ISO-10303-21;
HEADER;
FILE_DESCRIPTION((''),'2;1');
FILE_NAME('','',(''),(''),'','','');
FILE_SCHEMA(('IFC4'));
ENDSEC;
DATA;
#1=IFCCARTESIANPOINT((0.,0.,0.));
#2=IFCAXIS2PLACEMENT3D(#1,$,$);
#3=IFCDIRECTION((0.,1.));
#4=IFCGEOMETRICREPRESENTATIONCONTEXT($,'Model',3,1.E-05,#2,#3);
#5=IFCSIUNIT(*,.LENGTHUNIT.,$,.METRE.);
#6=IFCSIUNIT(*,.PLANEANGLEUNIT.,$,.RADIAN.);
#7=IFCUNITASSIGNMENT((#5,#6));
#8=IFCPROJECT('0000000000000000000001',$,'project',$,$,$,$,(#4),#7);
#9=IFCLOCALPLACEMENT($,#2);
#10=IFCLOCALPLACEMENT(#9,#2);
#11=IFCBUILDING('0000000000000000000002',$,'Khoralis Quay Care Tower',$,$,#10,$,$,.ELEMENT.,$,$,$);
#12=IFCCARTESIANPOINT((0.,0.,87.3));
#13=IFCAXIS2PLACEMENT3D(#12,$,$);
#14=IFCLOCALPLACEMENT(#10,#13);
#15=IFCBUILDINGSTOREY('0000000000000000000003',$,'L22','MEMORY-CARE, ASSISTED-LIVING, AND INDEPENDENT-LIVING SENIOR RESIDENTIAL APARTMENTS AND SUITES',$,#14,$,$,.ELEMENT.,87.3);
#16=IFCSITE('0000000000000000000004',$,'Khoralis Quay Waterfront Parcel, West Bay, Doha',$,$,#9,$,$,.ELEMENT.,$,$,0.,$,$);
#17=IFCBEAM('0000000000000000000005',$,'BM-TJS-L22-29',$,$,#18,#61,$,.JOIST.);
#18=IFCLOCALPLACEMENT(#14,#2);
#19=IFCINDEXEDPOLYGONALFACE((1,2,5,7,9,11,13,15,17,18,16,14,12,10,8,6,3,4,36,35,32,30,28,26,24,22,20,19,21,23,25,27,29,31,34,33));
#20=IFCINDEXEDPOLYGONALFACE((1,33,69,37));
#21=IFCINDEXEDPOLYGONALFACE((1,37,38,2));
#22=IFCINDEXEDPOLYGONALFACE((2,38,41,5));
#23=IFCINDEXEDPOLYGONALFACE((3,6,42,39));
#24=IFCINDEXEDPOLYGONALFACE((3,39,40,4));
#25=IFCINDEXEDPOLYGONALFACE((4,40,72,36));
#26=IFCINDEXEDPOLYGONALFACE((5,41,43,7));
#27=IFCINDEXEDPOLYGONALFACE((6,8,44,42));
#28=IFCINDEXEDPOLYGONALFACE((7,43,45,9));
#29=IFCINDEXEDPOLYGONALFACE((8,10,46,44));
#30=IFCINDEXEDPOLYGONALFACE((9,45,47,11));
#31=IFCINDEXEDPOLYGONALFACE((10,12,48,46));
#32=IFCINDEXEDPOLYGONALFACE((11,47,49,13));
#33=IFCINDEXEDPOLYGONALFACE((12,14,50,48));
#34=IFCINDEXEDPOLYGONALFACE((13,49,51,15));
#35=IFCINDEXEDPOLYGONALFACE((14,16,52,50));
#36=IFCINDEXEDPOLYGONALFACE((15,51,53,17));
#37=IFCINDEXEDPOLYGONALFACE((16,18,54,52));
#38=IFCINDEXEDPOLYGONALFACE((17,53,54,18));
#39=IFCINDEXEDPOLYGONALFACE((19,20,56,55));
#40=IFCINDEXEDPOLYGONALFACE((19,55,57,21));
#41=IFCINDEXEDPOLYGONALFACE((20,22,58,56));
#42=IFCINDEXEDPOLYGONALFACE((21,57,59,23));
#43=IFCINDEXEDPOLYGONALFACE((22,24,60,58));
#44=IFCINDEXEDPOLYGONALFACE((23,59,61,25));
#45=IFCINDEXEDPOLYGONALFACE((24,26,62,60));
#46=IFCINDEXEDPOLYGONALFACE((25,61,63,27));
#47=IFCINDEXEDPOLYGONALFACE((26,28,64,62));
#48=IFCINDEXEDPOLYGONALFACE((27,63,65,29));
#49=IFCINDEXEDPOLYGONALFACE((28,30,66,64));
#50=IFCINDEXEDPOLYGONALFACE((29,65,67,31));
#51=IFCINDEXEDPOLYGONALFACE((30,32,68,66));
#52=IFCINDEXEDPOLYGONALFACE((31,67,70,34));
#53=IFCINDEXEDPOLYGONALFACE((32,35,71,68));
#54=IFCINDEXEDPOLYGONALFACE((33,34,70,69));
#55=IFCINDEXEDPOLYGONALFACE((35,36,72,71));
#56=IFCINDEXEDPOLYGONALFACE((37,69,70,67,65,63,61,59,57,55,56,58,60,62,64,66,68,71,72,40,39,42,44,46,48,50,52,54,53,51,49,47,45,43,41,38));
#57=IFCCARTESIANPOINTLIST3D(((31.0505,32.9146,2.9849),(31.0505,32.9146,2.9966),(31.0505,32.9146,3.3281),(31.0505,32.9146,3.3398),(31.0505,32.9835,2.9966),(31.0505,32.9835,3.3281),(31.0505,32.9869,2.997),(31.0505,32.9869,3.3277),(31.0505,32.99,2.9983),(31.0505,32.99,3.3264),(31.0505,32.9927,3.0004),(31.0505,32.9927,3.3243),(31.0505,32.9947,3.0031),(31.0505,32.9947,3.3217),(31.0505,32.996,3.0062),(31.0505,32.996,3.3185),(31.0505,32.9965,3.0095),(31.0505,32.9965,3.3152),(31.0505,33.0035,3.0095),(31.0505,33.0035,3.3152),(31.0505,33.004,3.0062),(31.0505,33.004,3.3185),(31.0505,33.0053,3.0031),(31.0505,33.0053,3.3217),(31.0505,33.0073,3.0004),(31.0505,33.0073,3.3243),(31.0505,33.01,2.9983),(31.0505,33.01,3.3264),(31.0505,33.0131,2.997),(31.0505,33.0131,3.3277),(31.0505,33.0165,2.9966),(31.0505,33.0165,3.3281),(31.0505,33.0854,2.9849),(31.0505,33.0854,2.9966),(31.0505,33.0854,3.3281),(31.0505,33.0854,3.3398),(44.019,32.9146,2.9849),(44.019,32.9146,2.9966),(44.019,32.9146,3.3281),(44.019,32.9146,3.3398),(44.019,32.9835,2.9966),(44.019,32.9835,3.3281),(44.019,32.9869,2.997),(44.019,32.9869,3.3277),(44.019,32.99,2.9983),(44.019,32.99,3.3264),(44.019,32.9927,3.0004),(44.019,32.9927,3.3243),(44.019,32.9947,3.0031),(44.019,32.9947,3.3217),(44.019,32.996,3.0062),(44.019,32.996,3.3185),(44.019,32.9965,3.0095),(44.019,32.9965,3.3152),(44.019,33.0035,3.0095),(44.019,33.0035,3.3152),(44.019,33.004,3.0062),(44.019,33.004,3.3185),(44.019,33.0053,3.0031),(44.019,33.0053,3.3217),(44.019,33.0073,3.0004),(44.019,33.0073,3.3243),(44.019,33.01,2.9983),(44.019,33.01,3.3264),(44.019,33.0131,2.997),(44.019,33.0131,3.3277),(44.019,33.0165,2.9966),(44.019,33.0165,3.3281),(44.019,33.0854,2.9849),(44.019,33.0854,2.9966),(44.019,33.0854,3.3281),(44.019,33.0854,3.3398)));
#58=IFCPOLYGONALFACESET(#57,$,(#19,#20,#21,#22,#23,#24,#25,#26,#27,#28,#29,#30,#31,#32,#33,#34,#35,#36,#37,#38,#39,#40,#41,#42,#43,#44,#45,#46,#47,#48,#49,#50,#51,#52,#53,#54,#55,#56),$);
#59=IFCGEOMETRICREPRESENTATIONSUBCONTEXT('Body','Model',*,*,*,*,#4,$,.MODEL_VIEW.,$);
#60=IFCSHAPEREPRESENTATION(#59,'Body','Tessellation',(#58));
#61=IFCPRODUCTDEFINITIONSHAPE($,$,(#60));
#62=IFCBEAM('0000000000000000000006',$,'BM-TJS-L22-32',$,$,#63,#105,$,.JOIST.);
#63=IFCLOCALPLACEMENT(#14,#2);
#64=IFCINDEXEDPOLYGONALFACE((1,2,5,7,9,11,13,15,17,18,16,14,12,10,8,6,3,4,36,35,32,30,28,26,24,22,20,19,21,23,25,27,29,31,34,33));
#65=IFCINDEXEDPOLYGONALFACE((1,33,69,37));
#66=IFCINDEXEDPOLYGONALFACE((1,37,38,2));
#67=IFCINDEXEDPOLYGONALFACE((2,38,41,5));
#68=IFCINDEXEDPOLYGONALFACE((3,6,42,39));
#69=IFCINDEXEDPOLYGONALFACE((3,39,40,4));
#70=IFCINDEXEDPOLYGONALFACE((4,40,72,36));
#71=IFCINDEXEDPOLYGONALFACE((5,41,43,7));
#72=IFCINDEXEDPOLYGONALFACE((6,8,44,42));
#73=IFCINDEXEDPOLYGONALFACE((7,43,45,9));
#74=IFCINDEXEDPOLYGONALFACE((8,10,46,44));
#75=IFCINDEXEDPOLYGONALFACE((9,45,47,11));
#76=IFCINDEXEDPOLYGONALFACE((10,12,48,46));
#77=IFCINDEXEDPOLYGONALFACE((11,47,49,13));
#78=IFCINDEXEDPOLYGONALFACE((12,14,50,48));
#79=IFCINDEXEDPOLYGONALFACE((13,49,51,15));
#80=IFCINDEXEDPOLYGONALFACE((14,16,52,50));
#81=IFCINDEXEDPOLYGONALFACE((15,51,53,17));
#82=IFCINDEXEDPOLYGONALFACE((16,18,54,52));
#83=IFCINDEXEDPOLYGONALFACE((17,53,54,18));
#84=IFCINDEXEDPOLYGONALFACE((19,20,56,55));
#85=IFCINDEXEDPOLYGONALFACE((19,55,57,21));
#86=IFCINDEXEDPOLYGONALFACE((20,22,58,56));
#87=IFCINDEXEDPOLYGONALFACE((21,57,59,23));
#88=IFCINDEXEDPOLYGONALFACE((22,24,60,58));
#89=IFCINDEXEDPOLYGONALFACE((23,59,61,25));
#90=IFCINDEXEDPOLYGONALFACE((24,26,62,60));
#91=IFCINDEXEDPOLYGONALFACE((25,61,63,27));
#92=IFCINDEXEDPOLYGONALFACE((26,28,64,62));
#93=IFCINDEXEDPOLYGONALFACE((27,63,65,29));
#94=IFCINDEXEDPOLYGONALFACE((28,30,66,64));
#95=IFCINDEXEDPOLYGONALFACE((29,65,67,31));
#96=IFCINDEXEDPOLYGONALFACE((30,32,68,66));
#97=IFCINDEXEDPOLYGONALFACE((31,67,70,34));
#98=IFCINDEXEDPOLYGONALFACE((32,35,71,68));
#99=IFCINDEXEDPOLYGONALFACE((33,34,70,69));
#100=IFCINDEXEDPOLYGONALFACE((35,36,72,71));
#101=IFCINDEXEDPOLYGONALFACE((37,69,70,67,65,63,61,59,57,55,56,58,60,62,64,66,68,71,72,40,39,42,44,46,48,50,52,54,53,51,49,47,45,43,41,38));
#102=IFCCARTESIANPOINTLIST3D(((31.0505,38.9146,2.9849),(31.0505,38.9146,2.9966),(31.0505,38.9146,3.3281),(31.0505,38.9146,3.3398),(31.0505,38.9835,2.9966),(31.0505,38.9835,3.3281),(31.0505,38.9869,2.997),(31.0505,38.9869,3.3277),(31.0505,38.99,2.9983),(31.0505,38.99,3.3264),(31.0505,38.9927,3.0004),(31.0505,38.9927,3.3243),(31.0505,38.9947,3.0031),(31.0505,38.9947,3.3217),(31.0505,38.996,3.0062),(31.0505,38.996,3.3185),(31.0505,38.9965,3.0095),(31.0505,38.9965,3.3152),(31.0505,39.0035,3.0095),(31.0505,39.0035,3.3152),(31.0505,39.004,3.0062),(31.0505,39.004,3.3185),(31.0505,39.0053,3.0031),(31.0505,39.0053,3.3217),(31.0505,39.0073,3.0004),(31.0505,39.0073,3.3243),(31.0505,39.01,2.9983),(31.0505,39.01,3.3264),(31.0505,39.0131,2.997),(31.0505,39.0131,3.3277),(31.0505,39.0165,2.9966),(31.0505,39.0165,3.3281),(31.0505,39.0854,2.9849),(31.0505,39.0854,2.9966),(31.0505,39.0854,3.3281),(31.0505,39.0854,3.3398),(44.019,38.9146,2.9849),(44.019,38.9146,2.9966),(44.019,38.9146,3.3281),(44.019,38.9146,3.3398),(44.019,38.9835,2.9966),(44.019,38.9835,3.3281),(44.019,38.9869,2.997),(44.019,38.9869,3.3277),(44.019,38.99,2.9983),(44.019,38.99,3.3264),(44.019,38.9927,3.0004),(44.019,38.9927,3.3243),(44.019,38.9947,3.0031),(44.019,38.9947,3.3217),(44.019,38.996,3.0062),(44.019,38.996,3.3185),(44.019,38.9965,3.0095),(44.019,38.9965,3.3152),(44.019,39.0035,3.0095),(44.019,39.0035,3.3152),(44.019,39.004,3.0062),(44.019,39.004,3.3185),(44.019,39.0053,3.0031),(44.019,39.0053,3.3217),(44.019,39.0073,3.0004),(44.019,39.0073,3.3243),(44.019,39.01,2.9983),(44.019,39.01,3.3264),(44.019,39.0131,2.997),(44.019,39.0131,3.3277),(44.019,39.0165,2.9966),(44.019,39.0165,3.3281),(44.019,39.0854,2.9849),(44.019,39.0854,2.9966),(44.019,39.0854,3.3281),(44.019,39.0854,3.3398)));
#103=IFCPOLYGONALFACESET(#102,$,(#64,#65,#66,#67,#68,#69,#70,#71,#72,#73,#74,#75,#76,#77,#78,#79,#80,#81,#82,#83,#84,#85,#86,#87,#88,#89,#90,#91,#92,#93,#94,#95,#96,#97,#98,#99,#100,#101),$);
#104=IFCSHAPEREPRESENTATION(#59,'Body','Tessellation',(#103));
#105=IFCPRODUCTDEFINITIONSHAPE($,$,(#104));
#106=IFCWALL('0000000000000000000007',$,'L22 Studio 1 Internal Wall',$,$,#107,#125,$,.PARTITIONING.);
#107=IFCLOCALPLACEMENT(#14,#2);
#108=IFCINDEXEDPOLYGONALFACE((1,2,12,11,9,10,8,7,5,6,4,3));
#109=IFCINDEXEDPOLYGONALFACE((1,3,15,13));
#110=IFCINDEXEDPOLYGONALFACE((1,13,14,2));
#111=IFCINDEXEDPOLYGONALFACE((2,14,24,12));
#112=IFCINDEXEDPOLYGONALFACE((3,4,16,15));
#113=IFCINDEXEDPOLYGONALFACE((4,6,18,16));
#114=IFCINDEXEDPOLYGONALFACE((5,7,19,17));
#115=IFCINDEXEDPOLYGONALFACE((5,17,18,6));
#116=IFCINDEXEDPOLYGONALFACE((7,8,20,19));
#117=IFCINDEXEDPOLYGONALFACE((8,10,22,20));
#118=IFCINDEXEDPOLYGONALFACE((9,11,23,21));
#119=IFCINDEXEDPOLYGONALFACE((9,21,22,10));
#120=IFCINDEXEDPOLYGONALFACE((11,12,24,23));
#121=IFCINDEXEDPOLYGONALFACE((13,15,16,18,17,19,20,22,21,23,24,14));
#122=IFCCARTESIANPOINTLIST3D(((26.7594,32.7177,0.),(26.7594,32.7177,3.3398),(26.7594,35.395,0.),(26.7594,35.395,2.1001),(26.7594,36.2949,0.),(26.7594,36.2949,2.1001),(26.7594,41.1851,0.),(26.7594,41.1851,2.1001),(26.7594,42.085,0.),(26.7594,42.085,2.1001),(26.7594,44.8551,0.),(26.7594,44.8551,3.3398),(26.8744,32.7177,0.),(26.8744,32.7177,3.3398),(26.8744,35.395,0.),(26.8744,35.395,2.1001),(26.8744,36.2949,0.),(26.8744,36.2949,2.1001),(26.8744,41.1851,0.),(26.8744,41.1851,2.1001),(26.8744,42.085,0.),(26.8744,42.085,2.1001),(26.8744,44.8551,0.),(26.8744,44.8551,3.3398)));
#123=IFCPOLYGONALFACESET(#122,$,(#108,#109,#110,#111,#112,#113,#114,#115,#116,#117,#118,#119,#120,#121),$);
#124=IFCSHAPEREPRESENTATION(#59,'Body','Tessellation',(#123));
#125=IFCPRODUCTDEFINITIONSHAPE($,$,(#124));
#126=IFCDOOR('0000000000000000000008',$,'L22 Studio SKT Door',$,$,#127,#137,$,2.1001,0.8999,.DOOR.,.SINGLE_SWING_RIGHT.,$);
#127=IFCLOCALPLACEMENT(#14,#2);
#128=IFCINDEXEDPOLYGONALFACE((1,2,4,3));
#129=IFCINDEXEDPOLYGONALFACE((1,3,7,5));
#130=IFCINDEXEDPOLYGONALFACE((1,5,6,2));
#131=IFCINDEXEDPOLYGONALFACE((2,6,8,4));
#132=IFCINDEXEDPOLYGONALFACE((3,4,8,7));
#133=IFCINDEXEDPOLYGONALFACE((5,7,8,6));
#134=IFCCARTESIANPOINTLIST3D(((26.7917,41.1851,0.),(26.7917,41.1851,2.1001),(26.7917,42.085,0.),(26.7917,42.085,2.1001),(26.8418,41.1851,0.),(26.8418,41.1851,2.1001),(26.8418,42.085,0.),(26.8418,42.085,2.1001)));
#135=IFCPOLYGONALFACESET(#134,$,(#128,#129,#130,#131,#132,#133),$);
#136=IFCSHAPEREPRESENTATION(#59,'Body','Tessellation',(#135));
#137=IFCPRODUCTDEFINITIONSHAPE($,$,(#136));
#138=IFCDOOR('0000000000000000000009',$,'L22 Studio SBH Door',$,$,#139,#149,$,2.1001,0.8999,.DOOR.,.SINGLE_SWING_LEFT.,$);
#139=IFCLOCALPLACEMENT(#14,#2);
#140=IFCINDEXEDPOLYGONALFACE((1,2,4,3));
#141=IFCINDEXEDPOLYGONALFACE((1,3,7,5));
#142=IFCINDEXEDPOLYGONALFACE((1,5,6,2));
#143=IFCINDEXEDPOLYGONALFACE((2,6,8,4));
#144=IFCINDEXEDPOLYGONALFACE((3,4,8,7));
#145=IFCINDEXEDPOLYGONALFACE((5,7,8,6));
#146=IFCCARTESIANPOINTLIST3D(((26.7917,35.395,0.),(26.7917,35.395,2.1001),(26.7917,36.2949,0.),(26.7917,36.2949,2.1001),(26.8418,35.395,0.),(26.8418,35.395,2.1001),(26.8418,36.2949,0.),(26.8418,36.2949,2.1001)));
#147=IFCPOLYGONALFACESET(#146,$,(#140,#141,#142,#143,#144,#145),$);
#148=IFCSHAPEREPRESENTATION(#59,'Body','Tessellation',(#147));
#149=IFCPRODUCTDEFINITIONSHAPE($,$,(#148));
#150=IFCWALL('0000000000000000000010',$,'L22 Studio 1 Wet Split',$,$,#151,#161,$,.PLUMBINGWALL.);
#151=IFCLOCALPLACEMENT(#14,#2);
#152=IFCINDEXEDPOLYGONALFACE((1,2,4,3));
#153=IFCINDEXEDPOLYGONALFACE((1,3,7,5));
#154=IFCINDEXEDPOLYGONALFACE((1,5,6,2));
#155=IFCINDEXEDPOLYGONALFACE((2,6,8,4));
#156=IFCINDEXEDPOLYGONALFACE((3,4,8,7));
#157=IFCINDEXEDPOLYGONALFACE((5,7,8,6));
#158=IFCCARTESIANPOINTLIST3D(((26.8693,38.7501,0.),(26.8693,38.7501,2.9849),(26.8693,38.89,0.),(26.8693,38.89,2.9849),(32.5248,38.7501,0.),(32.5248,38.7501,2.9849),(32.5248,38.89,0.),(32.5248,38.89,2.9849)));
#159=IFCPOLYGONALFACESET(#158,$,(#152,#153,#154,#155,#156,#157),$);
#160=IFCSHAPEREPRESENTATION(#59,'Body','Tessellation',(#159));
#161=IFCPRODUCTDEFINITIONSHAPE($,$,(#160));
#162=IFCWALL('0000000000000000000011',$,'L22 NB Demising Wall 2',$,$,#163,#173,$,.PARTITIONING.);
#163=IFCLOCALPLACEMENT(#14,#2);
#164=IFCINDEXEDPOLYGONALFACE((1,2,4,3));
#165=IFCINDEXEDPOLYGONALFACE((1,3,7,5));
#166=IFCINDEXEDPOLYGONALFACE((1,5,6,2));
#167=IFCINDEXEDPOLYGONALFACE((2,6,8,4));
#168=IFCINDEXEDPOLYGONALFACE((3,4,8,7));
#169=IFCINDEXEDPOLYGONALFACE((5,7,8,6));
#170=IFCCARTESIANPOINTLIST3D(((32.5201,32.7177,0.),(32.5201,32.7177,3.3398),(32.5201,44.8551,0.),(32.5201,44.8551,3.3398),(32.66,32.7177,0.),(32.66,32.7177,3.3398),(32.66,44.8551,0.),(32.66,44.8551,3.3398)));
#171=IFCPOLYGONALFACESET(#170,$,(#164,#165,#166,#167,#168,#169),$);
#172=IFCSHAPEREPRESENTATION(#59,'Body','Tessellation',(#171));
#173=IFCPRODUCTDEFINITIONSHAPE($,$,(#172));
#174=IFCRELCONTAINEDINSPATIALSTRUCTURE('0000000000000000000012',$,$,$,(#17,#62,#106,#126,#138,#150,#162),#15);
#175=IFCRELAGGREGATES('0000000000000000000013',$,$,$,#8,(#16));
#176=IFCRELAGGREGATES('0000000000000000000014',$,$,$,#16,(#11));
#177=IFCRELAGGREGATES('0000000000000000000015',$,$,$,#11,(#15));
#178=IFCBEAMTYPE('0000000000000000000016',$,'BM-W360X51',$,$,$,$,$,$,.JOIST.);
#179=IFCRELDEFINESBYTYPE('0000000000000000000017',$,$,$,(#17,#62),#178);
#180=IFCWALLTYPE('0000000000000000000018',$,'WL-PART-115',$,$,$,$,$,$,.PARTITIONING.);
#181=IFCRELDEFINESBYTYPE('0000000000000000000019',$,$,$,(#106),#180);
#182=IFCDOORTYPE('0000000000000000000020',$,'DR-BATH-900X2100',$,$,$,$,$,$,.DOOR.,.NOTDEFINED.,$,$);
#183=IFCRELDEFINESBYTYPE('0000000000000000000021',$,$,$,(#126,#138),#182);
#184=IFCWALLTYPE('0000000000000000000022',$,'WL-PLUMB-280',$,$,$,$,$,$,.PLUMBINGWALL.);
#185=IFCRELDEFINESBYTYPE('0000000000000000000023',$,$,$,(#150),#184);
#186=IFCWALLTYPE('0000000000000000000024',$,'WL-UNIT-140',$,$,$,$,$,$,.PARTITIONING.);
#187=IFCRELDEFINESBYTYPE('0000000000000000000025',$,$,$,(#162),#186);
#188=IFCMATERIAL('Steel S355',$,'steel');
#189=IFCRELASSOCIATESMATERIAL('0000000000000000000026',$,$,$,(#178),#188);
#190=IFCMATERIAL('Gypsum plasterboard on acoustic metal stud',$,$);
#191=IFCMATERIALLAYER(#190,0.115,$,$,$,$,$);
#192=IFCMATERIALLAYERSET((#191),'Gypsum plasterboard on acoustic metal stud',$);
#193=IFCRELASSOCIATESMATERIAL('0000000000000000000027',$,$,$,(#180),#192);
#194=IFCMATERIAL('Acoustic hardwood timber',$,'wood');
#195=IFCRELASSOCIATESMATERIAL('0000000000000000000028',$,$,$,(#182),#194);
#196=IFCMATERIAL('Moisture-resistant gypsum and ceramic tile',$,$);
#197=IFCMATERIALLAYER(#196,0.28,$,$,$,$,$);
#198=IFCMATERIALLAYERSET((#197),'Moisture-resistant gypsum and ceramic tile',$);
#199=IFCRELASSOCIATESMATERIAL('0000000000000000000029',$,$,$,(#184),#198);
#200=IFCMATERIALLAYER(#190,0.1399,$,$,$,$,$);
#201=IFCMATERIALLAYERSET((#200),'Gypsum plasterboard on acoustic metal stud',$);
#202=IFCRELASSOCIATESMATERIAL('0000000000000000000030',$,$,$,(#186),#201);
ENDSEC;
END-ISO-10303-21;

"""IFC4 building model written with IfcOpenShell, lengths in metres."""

from ifc_helpers import new_model, si_unit, direction, frame, frame_2d, origin, origin_2d, place, context, subcontext, project, spatial, rectangle, i_section, extrude, source, transform, mapped, material, layer, layer_set, material_profile, profile_set, type_object, element, fill, save


model = new_model("IFC4")

# Units and contexts
model_context = context("Model", 3, precision=1e-05, world=origin(), true_north=direction((0.0, 1.0)))
body_context = subcontext(model_context, "Body", "Model", "MODEL_VIEW")
ifc_project = project(units=[si_unit("LENGTHUNIT", "METRE"), si_unit("PLANEANGLEUNIT", "RADIAN")], contexts=[model_context])

# Site, building, storey
site_placement = place(None, origin())
site = spatial("IfcSite", under=ifc_project, at=site_placement, Name="Khoralis Quay Waterfront Parcel, West Bay, Doha", CompositionType="ELEMENT", RefElevation=0.0)
building_placement = place(site_placement, origin())
building = spatial("IfcBuilding", under=site, at=building_placement, Name="Khoralis Quay Care Tower", CompositionType="ELEMENT")
storey_placement = place(building_placement, frame((0.0, 0.0, 87.3)))
storey = spatial("IfcBuildingStorey", under=building, at=storey_placement, Name="L22", Description="MEMORY-CARE, ASSISTED-LIVING, AND INDEPENDENT-LIVING SENIOR RESIDENTIAL APARTMENTS AND SUITES", CompositionType="ELEMENT", Elevation=87.3)

# Beams
ifc_material_1 = material(Name="Steel S355", Category="steel")
ifc_material_profile_1 = material_profile(ifc_material_1, i_section(OverallWidth=0.1709, OverallDepth=0.355, WebThickness=0.0071, FlangeThickness=0.0117, FilletRadius=0.0129, at=origin_2d()), Name="Steel S355")
ifc_profile_set_1 = profile_set([ifc_material_profile_1], Name="Steel S355")
beam_type_1 = type_object("IfcBeamType", Name="BM-W360X51", PredefinedType="JOIST", material=ifc_profile_set_1)
shared_shape_1 = source(origin(), body_context, "Body", "SweptSolid", [
    extrude(i_section(OverallWidth=0.1709, OverallDepth=0.355, WebThickness=0.0071, FlangeThickness=0.0117, FilletRadius=0.0129, at=origin_2d()), origin(), (0.0, 0.0, 1.0), 12.9685),
])
for number, where, z_axis, x_axis, name in (
    (1, (31.0505, 33.0, 3.1624), (1.0, 0.0, 0.0), (0.0, 1.0, 0.0), "BM-TJS-L22-29"),
    (2, (31.0505, 39.0, 3.1624), (1.0, 0.0, 0.0), (0.0, 1.0, 0.0), "BM-TJS-L22-32"),
):
    element("IfcBeam", number, at=place(storey_placement, frame(where, z_axis=z_axis, x_axis=x_axis)), inside=storey, type_object=beam_type_1, Name=name, PredefinedType="JOIST", context=body_context, shape_type="MappedRepresentation", body=[
        mapped(shared_shape_1, transform((0.0, 0.0, 0.0), scale=1.0)),
    ])

# Wall, openings, doors
ifc_material_2 = material(Name="Gypsum plasterboard on acoustic metal stud")
ifc_layer_1 = layer(ifc_material_2, 0.115)
ifc_layer_set_1 = layer_set([ifc_layer_1], Name="Gypsum plasterboard on acoustic metal stud")
wall_type_1 = type_object("IfcWallType", Name="WL-PART-115", PredefinedType="PARTITIONING", material=ifc_layer_set_1)
wall_1_placement = place(storey_placement, frame((26.8169, 32.7175, 0.0), z_axis=(0.0, 0.0, 1.0), x_axis=(0.0, 1.0, 0.0)))
wall_1 = element("IfcWall", 3, at=wall_1_placement, inside=storey, type_object=wall_type_1, Name="L22 Studio 1 Internal Wall", PredefinedType="PARTITIONING", context=body_context, shape_type="SweptSolid", body=[
    extrude(rectangle(XDim=12.1375, YDim=0.115, at=frame_2d((6.0688, 0.0))), origin(), (0.0, 0.0, 1.0), 3.3398),
])
opening_1_placement = place(wall_1_placement, frame((8.4675, 0.0, 0.0)))
opening_1 = element("IfcOpeningElement", 4, at=opening_1_placement, cuts=wall_1, PredefinedType="OPENING", context=body_context, shape_type="SweptSolid", body=[
    extrude(rectangle(XDim=0.8999, YDim=2.1001, at=frame_2d((0.45, 1.05))), frame((0.0, 0.0674, 0.0), z_axis=(0.0, -1.0, 0.0), x_axis=(1.0, 0.0, 0.0)), (0.0, 0.0, 1.0), 0.135),
])
opening_2_placement = place(wall_1_placement, frame((2.6775, 0.0, 0.0)))
opening_2 = element("IfcOpeningElement", 5, at=opening_2_placement, cuts=wall_1, PredefinedType="OPENING", context=body_context, shape_type="SweptSolid", body=[
    extrude(rectangle(XDim=0.8999, YDim=2.1001, at=frame_2d((0.45, 1.05))), frame((0.0, 0.0674, 0.0), z_axis=(0.0, -1.0, 0.0), x_axis=(1.0, 0.0, 0.0)), (0.0, 0.0, 1.0), 0.135),
])
ifc_material_3 = material(Name="Acoustic hardwood timber", Category="wood")
door_type = type_object("IfcDoorType", Name="DR-BATH-900X2100", OperationType="NOTDEFINED", PredefinedType="DOOR", material=ifc_material_3)
shared_shape_2 = source(origin(), body_context, "Body", "SweptSolid", [
    extrude(rectangle(XDim=0.8999, YDim=2.1001, at=frame_2d((0.45, 1.05))), frame((0.0, 0.0249, 0.0), z_axis=(0.0, -1.0, 0.0), x_axis=(1.0, 0.0, 0.0)), (0.0, 0.0, 1.0), 0.05),
])
door_1_placement = place(opening_1_placement, frame((0.8999, 0.0, 0.0), z_axis=(0.0, 0.0, 1.0), x_axis=(-1.0, 0.0, 0.0)))
door_1 = element("IfcDoor", 6, at=door_1_placement, inside=storey, type_object=door_type, Name="L22 Studio SKT Door", OperationType="SINGLE_SWING_RIGHT", OverallHeight=2.1001, OverallWidth=0.8999, PredefinedType="DOOR", context=body_context, shape_type="MappedRepresentation", body=[
    mapped(shared_shape_2, transform((0.0, 0.0, 0.0), scale=1.0)),
])
fill(opening_1, door_1)
door_2_placement = place(opening_2_placement, frame((0.8999, 0.0, 0.0), z_axis=(0.0, 0.0, 1.0), x_axis=(-1.0, 0.0, 0.0)))
door_2 = element("IfcDoor", 7, at=door_2_placement, inside=storey, type_object=door_type, Name="L22 Studio SBH Door", OperationType="SINGLE_SWING_LEFT", OverallHeight=2.1001, OverallWidth=0.8999, PredefinedType="DOOR", context=body_context, shape_type="MappedRepresentation", body=[
    mapped(shared_shape_2, transform((0.0, 0.0, 0.0), scale=1.0)),
])
fill(opening_2, door_2)

# Walls
ifc_material_4 = material(Name="Moisture-resistant gypsum and ceramic tile")
ifc_layer_2 = layer(ifc_material_4, 0.28)
ifc_layer_set_2 = layer_set([ifc_layer_2], Name="Moisture-resistant gypsum and ceramic tile")
wall_type_2 = type_object("IfcWallType", Name="WL-PLUMB-280", PredefinedType="PLUMBINGWALL", material=ifc_layer_set_2)
wall_2_placement = place(storey_placement, frame((26.8694, 38.8201, 0.0), z_axis=(0.0, 0.0, 1.0), x_axis=(1.0, 0.0, 0.0)))
element("IfcWall", 8, at=wall_2_placement, inside=storey, type_object=wall_type_2, Name="L22 Studio 1 Wet Split", PredefinedType="PLUMBINGWALL", context=body_context, shape_type="SweptSolid", body=[
    extrude(rectangle(XDim=5.6555, YDim=0.1399, at=frame_2d((2.8276, 0.0))), origin(), (0.0, 0.0, 1.0), 2.9849),
])
ifc_layer_3 = layer(ifc_material_2, 0.1399)
ifc_layer_set_3 = layer_set([ifc_layer_3], Name="Gypsum plasterboard on acoustic metal stud")
wall_type_3 = type_object("IfcWallType", Name="WL-UNIT-140", PredefinedType="PARTITIONING", material=ifc_layer_set_3)
wall_3_placement = place(storey_placement, frame((32.5901, 32.7175, 0.0), z_axis=(0.0, 0.0, 1.0), x_axis=(0.0, 1.0, 0.0)))
element("IfcWall", 9, at=wall_3_placement, inside=storey, type_object=wall_type_3, Name="L22 NB Demising Wall 2", PredefinedType="PARTITIONING", context=body_context, shape_type="SweptSolid", body=[
    extrude(rectangle(XDim=12.1375, YDim=0.1399, at=frame_2d((6.0688, 0.0))), origin(), (0.0, 0.0, 1.0), 3.3398),
])

save(model, "model.ifc")
